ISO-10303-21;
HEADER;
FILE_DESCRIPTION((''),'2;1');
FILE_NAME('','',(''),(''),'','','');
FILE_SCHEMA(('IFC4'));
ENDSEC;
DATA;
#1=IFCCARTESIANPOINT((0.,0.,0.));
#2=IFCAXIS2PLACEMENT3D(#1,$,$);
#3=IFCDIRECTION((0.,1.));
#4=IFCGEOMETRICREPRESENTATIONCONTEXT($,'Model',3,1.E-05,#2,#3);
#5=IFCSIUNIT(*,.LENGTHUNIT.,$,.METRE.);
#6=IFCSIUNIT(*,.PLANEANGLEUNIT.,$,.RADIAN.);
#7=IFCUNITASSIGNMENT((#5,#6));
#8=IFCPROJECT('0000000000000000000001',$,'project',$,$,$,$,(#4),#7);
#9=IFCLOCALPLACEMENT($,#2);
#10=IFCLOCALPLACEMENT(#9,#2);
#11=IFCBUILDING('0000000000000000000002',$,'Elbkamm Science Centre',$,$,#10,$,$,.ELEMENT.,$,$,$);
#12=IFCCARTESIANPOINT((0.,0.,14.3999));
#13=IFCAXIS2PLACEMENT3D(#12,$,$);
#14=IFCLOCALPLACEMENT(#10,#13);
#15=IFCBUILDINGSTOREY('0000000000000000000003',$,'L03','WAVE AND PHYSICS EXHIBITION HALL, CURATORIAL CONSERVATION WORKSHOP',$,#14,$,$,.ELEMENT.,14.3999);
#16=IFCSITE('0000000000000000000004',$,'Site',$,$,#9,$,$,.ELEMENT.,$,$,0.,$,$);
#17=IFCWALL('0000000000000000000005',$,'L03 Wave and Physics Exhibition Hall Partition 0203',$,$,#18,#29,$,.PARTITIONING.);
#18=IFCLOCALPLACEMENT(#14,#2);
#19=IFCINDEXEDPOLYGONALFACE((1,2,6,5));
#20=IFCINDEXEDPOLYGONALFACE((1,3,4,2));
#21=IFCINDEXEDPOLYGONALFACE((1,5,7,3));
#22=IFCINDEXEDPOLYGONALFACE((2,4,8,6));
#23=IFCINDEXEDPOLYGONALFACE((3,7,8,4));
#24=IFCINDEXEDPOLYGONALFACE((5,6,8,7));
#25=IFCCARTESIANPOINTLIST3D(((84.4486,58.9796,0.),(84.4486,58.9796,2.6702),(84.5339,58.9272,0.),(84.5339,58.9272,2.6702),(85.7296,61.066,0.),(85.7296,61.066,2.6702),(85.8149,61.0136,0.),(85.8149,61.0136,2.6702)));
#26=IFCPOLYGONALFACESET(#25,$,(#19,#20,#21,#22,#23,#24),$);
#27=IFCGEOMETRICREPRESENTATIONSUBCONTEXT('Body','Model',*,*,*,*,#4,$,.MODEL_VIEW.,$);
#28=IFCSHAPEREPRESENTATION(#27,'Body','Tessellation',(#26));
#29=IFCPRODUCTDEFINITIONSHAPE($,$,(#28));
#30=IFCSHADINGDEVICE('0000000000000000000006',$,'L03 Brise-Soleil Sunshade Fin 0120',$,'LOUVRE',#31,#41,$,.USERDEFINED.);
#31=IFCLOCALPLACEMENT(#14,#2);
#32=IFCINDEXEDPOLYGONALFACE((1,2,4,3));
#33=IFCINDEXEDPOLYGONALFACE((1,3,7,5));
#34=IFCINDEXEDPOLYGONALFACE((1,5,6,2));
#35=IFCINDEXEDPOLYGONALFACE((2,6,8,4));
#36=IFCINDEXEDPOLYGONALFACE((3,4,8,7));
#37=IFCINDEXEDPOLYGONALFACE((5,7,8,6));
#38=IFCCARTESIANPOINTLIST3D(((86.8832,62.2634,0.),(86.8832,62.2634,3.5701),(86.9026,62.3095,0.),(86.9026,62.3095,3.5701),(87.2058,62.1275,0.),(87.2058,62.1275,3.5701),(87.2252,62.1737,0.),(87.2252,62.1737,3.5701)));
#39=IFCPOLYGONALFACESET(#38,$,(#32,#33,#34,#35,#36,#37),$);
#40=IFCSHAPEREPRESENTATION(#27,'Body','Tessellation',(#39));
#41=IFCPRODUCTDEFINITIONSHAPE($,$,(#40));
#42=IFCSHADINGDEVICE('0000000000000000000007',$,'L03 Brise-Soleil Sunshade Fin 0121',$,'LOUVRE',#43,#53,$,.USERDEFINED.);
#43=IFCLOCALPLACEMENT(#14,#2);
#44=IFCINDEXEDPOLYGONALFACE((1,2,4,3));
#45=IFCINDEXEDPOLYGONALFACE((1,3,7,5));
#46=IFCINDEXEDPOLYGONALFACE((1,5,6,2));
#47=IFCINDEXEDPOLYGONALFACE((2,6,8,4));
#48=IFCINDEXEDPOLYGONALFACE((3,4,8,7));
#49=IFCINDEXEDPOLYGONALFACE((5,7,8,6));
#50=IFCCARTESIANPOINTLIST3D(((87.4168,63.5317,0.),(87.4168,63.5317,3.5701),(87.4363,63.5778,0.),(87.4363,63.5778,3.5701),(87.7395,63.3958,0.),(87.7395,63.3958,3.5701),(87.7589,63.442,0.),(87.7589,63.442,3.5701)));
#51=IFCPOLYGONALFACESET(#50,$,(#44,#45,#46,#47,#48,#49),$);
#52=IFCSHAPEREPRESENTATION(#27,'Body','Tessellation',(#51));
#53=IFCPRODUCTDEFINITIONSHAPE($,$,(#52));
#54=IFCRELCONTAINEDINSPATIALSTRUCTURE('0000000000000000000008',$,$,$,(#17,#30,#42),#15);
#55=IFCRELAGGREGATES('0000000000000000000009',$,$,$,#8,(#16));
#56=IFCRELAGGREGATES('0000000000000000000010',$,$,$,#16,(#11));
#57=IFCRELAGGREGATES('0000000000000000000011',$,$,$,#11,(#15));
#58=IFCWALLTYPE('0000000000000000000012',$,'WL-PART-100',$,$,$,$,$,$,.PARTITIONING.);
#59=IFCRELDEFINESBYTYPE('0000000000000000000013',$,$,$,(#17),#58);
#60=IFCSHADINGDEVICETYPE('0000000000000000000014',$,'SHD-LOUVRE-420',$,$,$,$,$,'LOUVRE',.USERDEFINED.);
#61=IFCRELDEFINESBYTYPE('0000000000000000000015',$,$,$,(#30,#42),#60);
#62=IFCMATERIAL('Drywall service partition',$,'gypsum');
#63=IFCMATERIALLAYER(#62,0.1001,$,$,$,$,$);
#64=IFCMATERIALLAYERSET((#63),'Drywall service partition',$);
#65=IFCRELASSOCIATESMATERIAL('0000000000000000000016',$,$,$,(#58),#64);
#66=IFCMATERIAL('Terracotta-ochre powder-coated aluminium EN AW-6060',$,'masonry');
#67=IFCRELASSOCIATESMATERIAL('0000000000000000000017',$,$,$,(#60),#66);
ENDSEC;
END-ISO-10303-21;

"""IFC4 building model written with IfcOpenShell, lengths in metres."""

from ifc_helpers import new_model, si_unit, direction, frame, frame_2d, origin, origin_2d, place, context, subcontext, project, spatial, rectangle, extrude, material, layer, layer_set, type_object, element, save


model = new_model("IFC4")

# Units and contexts
model_context = context("Model", 3, precision=1e-05, world=origin(), true_north=direction((0.0, 1.0)))
body_context = subcontext(model_context, "Body", "Model", "MODEL_VIEW")
ifc_project = project(units=[si_unit("LENGTHUNIT", "METRE"), si_unit("PLANEANGLEUNIT", "RADIAN")], contexts=[model_context])

# Site, building, storey
site_placement = place(None, origin())
site = spatial("IfcSite", under=ifc_project, at=site_placement, Name="Site", CompositionType="ELEMENT", RefElevation=0.0)
building_placement = place(site_placement, origin())
building = spatial("IfcBuilding", under=site, at=building_placement, Name="Elbkamm Science Centre", CompositionType="ELEMENT")
storey_placement = place(building_placement, frame((0.0, 0.0, 14.3999)))
storey = spatial("IfcBuildingStorey", under=building, at=storey_placement, Name="L03", Description="WAVE AND PHYSICS EXHIBITION HALL, CURATORIAL CONSERVATION WORKSHOP", CompositionType="ELEMENT", Elevation=14.3999)

# Wall
ifc_material_1 = material(Name="Drywall service partition", Category="gypsum")
ifc_layer_1 = layer(ifc_material_1, 0.1001)
ifc_layer_set_1 = layer_set([ifc_layer_1], Name="Drywall service partition")
wall_type = type_object("IfcWallType", Name="WL-PART-100", PredefinedType="PARTITIONING", material=ifc_layer_set_1)
wall_placement = place(storey_placement, frame((85.7722, 61.0398, 0.0), z_axis=(0.0, 0.0, 1.0), x_axis=(-0.523224, -0.852195, 0.0)))
element("IfcWall", 1, at=wall_placement, inside=storey, type_object=wall_type, Name="L03 Wave and Physics Exhibition Hall Partition 0203", PredefinedType="PARTITIONING", context=body_context, shape_type="SweptSolid", body=[
    extrude(rectangle(XDim=2.4482, YDim=0.1001, at=frame_2d((1.2241, 0.0))), origin(), (0.0, 0.0, 1.0), 2.6702),
])

# Shading devices
ifc_material_2 = material(Name="Terracotta-ochre powder-coated aluminium EN AW-6060", Category="masonry")
shading_device_type = type_object("IfcShadingDeviceType", Name="SHD-LOUVRE-420", ElementType="LOUVRE", PredefinedType="USERDEFINED", material=ifc_material_2)
for number, where, z_axis, x_axis, name in (
    (2, (87.0542, 62.2185, 0.0), (0.0, 0.0, 1.0), (0.921677, -0.387958, 0.0), "L03 Brise-Soleil Sunshade Fin 0120"),
    (3, (87.5879, 63.4868, 0.0), (0.0, 0.0, 1.0), (0.921677, -0.387958, 0.0), "L03 Brise-Soleil Sunshade Fin 0121"),
):
    element("IfcShadingDevice", number, at=place(storey_placement, frame(where, z_axis=z_axis, x_axis=x_axis)), inside=storey, type_object=shading_device_type, Name=name, ObjectType="LOUVRE", PredefinedType="USERDEFINED", context=body_context, shape_type="SweptSolid", body=[
        extrude(rectangle(XDim=0.3501, YDim=0.05, at=origin_2d()), origin(), (0.0, 0.0, 1.0), 3.5701),
    ])

save(model, "model.ifc")
